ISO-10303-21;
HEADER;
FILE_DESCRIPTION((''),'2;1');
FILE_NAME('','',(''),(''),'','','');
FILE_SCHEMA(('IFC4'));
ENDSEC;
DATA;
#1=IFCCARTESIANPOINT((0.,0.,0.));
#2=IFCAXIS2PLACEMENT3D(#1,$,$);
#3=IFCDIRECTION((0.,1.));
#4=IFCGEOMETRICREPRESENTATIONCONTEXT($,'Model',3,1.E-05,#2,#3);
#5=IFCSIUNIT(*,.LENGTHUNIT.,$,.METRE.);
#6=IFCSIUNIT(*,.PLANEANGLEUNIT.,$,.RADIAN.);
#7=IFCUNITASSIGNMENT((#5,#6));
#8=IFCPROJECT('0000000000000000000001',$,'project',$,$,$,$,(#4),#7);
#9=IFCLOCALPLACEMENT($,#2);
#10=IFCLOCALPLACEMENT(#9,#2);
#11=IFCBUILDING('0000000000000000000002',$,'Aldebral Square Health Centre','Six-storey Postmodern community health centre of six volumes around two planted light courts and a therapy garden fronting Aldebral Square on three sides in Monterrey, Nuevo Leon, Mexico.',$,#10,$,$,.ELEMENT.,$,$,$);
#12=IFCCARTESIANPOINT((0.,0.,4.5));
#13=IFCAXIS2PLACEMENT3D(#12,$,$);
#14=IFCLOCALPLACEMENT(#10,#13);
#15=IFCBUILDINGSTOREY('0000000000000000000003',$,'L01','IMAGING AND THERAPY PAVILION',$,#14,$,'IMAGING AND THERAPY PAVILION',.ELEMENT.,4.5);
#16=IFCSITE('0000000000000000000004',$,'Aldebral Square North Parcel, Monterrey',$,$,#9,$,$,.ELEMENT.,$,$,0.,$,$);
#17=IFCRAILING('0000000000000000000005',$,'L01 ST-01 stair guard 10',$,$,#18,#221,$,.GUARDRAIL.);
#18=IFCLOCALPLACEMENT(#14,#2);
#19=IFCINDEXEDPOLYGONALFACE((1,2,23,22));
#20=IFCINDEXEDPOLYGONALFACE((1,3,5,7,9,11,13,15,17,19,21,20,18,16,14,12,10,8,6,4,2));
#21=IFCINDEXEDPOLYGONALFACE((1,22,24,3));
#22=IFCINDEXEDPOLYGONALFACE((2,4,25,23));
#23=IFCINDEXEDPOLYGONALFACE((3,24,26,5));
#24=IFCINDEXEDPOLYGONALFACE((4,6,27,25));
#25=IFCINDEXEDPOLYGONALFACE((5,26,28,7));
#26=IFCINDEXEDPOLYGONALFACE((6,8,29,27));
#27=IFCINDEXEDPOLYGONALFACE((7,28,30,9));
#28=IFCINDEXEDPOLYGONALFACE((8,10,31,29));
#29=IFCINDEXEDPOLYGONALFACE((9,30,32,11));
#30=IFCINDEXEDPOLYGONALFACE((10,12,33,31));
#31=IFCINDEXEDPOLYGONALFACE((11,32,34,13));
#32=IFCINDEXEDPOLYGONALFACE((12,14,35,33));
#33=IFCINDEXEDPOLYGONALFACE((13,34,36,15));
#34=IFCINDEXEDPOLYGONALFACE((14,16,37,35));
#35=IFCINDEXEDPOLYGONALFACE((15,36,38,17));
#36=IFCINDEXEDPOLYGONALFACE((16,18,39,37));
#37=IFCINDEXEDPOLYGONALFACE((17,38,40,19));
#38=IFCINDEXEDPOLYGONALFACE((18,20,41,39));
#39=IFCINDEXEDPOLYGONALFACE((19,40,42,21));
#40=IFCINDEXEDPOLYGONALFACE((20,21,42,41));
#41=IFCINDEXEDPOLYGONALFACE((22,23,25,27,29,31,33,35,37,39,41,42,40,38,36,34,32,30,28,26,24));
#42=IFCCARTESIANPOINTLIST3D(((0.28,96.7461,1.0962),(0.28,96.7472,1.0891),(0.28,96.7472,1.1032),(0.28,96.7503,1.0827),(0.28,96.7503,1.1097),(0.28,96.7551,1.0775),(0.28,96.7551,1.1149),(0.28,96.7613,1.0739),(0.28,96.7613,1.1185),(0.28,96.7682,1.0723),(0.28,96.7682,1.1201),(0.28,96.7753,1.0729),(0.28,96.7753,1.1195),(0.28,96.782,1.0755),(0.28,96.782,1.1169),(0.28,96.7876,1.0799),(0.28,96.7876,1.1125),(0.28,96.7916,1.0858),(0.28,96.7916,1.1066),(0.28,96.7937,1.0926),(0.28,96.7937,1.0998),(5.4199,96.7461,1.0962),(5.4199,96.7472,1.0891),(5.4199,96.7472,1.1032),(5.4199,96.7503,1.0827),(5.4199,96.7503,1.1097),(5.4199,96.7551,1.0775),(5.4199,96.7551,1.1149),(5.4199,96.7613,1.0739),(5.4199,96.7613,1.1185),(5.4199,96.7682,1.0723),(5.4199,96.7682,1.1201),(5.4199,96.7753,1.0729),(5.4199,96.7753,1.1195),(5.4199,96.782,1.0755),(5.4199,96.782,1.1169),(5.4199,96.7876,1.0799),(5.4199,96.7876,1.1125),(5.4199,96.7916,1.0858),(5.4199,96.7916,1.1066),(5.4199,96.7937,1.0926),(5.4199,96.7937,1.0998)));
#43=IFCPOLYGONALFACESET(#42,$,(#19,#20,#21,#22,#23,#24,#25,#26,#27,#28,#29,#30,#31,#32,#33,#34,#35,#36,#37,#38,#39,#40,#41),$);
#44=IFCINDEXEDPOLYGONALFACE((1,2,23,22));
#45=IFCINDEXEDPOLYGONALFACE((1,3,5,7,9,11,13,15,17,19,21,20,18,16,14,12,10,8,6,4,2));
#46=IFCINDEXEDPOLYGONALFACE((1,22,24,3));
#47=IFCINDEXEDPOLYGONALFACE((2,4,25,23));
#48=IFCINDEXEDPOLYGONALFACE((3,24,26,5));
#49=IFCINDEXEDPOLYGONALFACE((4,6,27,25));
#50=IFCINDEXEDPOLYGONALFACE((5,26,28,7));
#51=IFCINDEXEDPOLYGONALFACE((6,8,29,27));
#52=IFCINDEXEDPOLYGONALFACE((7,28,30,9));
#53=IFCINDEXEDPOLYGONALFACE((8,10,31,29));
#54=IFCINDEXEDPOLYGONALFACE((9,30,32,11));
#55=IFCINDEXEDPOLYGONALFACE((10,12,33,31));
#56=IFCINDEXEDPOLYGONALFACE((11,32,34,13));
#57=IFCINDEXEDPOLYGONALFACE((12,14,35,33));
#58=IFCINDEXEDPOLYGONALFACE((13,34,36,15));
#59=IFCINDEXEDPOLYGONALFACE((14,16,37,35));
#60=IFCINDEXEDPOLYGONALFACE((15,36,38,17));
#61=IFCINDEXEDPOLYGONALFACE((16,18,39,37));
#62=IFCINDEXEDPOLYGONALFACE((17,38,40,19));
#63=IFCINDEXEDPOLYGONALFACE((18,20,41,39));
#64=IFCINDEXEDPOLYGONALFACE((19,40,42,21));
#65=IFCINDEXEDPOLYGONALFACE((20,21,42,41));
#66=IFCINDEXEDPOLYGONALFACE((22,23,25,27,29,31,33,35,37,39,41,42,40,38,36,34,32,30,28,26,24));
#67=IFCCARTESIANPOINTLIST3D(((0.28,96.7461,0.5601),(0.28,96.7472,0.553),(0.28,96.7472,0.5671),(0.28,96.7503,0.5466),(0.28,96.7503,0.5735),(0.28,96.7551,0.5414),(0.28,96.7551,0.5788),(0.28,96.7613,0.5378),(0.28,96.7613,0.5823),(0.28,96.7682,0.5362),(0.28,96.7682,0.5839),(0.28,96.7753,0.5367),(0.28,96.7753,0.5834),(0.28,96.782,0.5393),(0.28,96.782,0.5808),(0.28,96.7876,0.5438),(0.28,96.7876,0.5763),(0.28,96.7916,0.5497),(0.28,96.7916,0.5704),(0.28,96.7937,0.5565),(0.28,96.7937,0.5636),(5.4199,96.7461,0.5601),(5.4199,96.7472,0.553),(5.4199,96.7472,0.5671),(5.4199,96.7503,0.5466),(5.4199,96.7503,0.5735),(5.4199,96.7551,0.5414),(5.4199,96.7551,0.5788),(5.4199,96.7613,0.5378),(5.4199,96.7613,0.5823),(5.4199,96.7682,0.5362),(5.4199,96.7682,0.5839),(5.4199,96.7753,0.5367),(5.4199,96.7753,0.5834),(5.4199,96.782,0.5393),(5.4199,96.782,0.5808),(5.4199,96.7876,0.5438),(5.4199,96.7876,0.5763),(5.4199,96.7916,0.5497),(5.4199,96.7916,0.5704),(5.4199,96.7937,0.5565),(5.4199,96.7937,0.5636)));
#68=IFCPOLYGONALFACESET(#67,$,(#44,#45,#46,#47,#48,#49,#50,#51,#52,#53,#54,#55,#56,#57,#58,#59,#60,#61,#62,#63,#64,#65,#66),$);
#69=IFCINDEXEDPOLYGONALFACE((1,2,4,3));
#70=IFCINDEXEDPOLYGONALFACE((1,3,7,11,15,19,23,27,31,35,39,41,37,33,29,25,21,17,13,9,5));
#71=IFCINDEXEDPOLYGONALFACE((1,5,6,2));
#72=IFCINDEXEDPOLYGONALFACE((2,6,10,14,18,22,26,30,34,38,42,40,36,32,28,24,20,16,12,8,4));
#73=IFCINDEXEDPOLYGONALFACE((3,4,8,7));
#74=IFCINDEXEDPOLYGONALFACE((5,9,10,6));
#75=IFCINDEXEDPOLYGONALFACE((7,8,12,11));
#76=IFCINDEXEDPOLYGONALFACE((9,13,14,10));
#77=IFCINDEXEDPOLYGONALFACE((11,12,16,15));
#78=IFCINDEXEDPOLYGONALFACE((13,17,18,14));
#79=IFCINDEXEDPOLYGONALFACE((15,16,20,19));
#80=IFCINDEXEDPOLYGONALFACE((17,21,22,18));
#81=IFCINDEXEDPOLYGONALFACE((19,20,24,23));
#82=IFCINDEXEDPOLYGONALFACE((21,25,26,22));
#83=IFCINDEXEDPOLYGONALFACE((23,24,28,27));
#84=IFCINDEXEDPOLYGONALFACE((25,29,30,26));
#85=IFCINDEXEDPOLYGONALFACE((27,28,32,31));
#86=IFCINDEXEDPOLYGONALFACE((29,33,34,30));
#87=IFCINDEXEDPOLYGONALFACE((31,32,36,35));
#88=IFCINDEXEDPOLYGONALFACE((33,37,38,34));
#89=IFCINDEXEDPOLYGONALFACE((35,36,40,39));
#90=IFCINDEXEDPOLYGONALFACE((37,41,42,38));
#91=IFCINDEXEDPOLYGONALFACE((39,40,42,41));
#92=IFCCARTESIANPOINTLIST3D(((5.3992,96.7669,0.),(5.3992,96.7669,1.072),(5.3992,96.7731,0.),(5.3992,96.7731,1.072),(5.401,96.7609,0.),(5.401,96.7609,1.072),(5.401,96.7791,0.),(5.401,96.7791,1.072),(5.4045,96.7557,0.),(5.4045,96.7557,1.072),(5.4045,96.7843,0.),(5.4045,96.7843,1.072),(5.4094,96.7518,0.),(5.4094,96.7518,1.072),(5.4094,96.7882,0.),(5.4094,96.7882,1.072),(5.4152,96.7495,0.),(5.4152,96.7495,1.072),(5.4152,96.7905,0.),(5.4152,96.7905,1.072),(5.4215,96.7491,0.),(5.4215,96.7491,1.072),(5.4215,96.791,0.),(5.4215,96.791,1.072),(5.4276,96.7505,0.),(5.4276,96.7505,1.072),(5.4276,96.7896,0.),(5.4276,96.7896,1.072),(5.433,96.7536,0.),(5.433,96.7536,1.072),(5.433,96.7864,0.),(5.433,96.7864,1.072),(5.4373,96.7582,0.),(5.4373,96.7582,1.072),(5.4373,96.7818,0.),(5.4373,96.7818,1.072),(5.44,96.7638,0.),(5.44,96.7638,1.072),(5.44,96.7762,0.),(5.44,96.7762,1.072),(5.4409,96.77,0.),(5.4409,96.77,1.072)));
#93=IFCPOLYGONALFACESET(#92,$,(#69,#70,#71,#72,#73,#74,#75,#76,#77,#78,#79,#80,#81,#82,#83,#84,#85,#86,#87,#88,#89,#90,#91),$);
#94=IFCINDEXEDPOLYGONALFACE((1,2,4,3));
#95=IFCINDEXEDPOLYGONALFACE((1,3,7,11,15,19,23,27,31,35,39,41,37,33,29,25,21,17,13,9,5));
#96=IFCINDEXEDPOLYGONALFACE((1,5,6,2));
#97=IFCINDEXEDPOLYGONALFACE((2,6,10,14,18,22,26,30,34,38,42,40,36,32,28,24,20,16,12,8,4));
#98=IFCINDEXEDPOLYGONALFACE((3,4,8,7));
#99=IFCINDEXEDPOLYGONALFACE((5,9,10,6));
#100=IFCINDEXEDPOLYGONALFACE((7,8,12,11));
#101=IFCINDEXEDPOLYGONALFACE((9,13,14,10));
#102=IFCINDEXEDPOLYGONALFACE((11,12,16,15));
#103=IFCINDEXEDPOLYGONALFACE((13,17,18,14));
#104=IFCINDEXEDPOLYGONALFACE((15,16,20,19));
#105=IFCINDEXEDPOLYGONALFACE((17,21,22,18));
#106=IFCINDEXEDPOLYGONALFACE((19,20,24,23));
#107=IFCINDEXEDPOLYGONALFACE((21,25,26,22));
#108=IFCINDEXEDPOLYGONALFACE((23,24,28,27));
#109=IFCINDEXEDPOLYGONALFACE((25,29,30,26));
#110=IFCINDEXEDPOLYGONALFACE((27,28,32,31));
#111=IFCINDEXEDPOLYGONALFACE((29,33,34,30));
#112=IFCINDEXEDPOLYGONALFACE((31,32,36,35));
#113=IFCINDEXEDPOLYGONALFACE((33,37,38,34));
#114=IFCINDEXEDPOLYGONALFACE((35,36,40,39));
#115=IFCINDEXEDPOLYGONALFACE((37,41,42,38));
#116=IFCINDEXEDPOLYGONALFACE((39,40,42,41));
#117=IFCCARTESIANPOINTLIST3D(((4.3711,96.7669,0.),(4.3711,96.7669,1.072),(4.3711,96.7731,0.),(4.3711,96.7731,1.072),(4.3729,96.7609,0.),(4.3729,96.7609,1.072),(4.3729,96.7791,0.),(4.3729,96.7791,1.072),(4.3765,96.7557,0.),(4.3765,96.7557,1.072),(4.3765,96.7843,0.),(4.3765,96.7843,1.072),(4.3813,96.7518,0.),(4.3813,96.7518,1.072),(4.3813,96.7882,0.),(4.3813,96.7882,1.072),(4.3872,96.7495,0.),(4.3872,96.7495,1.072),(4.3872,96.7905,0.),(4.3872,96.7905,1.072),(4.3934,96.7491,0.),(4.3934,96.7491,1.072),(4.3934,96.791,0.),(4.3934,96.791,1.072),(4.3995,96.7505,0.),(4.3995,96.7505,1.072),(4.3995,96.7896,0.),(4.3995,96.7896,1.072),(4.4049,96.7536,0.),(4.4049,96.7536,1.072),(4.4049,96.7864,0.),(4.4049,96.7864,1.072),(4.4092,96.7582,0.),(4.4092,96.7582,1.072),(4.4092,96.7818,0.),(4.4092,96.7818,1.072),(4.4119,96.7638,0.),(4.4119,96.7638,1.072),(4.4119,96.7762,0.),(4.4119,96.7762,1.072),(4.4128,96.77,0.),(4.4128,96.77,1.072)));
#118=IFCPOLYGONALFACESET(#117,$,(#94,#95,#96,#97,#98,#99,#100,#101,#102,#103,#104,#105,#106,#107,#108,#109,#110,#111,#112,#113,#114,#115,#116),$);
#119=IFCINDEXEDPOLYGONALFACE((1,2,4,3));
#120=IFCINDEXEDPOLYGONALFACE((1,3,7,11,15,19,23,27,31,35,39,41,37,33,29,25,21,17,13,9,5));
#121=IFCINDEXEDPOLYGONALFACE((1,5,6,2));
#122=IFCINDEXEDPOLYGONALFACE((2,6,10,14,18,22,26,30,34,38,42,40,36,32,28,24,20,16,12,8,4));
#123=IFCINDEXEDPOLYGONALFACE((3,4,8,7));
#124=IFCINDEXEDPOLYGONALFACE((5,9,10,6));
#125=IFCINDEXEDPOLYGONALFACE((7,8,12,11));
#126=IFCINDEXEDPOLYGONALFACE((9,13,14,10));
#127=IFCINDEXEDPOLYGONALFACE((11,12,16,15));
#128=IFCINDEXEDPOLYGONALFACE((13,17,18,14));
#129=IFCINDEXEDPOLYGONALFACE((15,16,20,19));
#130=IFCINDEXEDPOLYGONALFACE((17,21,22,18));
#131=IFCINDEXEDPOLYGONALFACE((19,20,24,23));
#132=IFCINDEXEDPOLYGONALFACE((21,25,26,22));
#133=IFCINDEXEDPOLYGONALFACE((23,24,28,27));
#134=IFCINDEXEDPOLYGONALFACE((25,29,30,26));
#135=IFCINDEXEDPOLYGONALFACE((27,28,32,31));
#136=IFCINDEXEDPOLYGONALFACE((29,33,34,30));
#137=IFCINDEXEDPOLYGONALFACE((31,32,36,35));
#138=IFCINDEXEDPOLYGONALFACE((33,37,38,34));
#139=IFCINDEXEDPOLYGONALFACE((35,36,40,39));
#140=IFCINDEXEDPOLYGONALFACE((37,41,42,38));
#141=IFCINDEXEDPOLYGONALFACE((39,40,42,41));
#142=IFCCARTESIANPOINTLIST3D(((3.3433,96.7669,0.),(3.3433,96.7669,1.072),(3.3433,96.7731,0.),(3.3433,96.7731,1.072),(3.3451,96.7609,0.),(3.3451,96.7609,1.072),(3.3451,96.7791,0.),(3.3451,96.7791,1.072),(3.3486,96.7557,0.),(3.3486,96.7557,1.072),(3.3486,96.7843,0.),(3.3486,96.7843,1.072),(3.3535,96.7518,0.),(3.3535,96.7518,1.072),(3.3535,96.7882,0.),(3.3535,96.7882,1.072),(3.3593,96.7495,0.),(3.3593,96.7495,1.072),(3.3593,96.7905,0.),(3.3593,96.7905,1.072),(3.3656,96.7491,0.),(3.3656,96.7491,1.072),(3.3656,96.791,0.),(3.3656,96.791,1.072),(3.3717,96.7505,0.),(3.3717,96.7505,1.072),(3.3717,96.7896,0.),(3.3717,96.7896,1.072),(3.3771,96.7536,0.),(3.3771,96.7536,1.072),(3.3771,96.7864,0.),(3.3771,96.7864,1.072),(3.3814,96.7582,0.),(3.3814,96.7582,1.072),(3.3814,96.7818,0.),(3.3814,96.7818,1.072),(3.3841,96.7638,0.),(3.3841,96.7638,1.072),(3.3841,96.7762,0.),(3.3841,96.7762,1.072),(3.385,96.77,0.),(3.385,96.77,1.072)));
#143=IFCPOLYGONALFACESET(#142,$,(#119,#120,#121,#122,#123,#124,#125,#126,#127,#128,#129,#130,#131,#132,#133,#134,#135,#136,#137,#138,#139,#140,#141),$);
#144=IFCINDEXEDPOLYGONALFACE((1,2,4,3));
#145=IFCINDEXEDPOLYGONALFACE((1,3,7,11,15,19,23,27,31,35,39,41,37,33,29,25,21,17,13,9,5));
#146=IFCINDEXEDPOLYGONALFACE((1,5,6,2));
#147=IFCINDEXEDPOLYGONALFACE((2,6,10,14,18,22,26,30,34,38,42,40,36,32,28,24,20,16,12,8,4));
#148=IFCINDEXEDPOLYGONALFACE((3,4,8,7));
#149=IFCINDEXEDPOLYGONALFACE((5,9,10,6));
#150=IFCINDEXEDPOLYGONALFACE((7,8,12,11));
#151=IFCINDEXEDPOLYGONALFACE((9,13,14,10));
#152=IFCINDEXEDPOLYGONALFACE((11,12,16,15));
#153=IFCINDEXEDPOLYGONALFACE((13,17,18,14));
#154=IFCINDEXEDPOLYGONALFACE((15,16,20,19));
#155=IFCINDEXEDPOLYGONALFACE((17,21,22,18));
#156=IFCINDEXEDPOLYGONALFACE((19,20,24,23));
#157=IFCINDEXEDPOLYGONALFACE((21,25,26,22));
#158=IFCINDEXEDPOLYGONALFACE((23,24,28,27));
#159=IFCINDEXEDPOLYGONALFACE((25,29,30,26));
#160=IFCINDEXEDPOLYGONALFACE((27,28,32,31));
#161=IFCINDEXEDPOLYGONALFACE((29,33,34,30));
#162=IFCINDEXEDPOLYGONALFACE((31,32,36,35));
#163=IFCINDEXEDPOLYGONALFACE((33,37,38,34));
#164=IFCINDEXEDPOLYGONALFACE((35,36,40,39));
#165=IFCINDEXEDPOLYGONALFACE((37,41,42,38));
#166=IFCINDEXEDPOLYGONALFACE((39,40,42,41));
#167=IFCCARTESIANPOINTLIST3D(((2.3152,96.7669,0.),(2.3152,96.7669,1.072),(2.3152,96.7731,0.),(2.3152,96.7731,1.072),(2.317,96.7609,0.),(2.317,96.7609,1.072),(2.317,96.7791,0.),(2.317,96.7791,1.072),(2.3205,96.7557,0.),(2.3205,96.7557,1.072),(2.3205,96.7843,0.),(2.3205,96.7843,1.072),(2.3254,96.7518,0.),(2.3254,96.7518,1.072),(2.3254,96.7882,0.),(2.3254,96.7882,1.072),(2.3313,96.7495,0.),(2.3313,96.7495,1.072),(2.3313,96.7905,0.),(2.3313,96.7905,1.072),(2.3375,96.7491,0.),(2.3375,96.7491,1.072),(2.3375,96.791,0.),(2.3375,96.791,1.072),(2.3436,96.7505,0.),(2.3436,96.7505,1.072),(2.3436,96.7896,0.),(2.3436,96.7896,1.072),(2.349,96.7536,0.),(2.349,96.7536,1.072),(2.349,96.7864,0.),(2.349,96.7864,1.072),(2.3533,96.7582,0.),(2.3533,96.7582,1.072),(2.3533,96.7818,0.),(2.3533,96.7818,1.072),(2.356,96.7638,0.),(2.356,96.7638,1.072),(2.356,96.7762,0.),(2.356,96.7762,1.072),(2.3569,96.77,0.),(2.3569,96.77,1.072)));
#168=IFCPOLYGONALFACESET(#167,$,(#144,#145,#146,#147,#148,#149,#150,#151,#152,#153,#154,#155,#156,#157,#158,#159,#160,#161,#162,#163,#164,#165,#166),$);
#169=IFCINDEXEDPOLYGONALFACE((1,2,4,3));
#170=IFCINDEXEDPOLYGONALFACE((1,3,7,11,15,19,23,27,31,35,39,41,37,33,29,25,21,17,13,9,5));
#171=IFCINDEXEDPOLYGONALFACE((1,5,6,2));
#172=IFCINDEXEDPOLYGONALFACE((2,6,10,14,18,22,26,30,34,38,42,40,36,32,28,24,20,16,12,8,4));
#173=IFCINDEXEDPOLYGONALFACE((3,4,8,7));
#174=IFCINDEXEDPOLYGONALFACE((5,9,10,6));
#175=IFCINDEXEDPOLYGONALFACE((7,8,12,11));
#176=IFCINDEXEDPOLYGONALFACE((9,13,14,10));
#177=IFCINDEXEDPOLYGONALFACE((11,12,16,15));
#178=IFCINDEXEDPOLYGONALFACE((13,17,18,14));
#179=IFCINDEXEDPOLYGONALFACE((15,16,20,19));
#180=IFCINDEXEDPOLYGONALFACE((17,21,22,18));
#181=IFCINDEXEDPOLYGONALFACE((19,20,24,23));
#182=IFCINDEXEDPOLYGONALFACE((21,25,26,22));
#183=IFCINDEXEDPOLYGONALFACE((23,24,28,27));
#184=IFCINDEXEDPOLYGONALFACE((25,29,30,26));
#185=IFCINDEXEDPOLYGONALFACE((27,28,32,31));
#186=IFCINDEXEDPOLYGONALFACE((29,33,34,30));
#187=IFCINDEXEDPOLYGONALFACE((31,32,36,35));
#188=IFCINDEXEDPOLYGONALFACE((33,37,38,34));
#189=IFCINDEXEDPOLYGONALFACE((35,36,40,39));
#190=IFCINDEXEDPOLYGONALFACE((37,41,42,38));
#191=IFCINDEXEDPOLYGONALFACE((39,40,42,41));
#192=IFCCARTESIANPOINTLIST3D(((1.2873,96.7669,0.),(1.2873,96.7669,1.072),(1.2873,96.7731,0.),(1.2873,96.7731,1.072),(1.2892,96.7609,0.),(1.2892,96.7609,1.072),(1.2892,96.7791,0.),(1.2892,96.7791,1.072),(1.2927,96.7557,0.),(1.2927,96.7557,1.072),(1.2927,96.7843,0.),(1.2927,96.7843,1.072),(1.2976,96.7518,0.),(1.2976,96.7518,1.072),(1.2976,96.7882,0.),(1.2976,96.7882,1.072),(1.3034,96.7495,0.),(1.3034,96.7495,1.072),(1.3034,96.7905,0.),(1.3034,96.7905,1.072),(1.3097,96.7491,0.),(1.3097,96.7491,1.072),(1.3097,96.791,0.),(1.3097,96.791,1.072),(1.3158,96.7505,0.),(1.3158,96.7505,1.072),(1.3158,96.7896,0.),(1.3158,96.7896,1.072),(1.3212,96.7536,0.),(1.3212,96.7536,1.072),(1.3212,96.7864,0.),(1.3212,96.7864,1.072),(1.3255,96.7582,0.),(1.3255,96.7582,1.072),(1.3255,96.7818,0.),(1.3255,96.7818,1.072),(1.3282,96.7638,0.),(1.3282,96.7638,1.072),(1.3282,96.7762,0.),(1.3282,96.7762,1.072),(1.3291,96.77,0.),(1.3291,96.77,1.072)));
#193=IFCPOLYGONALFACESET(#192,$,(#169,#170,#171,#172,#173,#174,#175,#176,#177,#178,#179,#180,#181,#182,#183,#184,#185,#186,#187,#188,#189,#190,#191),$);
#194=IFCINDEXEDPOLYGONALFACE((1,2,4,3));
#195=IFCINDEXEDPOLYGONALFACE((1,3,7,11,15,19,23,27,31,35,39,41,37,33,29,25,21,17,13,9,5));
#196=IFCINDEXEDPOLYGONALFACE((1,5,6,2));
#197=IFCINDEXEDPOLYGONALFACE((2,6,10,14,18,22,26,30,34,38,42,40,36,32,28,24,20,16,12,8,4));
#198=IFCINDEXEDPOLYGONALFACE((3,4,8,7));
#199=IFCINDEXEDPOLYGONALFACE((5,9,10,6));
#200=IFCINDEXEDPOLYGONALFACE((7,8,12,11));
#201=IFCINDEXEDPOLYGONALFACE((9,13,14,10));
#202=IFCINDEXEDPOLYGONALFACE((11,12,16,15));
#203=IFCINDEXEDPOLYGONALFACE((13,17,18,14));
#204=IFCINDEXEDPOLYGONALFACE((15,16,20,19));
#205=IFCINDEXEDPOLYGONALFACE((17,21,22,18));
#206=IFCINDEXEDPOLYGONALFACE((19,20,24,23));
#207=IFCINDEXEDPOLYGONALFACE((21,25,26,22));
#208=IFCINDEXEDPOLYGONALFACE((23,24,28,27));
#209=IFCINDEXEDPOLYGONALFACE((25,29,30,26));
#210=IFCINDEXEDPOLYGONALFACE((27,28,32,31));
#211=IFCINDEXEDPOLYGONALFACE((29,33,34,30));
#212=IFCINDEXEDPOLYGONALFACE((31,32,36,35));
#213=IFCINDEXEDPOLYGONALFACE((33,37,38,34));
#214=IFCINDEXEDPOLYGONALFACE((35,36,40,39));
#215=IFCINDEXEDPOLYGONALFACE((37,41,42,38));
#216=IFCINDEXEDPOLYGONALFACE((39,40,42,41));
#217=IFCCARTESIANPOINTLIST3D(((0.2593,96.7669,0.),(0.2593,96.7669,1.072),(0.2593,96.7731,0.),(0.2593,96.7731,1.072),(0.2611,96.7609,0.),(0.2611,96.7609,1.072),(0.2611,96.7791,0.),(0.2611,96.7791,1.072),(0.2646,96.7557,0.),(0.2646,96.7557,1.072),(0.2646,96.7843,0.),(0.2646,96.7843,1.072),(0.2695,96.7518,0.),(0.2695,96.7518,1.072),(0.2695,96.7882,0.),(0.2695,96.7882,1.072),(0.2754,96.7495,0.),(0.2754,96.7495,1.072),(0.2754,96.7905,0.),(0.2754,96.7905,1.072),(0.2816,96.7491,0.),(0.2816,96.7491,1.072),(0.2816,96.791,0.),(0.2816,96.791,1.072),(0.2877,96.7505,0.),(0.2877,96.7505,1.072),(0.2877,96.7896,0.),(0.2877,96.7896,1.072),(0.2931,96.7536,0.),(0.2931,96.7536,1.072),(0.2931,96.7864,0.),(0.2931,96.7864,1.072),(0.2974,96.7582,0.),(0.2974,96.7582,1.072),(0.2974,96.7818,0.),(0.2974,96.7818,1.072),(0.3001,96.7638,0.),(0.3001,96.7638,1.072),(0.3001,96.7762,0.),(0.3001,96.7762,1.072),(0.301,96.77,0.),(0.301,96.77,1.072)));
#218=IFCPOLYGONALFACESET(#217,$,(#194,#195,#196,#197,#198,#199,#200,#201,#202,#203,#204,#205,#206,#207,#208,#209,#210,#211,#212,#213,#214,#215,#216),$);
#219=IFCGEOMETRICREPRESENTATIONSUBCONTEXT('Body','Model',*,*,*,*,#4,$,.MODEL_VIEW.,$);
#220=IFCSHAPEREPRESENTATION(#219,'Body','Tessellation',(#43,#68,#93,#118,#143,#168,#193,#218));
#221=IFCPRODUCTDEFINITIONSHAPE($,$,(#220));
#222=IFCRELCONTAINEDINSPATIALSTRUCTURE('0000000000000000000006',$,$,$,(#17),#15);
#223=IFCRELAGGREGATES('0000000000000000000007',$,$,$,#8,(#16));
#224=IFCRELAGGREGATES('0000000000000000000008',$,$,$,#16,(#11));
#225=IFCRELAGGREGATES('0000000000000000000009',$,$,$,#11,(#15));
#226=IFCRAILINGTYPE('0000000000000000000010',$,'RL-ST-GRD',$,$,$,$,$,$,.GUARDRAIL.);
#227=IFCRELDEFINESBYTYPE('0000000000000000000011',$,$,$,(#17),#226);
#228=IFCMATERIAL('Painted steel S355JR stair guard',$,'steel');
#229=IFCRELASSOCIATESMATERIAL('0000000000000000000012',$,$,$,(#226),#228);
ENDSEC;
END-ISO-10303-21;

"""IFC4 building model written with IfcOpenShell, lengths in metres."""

from ifc_helpers import new_model, si_unit, direction, frame, origin, origin_2d, place, context, subcontext, project, spatial, circle, extrude, material, type_object, element, save


model = new_model("IFC4")

# Units and contexts
model_context = context("Model", 3, precision=1e-05, world=origin(), true_north=direction((0.0, 1.0)))
body_context = subcontext(model_context, "Body", "Model", "MODEL_VIEW")
ifc_project = project(units=[si_unit("LENGTHUNIT", "METRE"), si_unit("PLANEANGLEUNIT", "RADIAN")], contexts=[model_context])

# Site, building, storey
site_placement = place(None, origin())
site = spatial("IfcSite", under=ifc_project, at=site_placement, Name="Aldebral Square North Parcel, Monterrey", CompositionType="ELEMENT", RefElevation=0.0)
building_placement = place(site_placement, origin())
building = spatial("IfcBuilding", under=site, at=building_placement, Name="Aldebral Square Health Centre", Description="Six-storey Postmodern community health centre of six volumes around two planted light courts and a therapy garden fronting Aldebral Square on three sides in Monterrey, Nuevo Leon, Mexico.", CompositionType="ELEMENT")
storey_placement = place(building_placement, frame((0.0, 0.0, 4.5)))
storey = spatial("IfcBuildingStorey", under=building, at=storey_placement, Name="L01", Description="IMAGING AND THERAPY PAVILION", LongName="IMAGING AND THERAPY PAVILION", CompositionType="ELEMENT", Elevation=4.5)

# Railing
ifc_material_1 = material(Name="Painted steel S355JR stair guard", Category="steel")
railing_type_1 = type_object("IfcRailingType", Name="RL-ST-GRD", PredefinedType="GUARDRAIL", material=ifc_material_1)
railing_1_placement = place(storey_placement, frame((5.4199, 96.77, 0.0)))
element("IfcRailing", 1, at=railing_1_placement, inside=storey, type_object=railing_type_1, Name="L01 ST-01 stair guard 10", PredefinedType="GUARDRAIL", context=body_context, shape_type="SweptSolid", body=[
    extrude(circle(Radius=0.0239, at=origin_2d()), frame((0.0, 0.0, 1.0962), z_axis=(-1.0, 0.0, 0.0), x_axis=(0.0, -1.0, 0.0)), (0.0, 0.0, 1.0), 5.1399),
    extrude(circle(Radius=0.0239, at=origin_2d()), frame((0.0, 0.0, 0.5601), z_axis=(-1.0, 0.0, 0.0), x_axis=(0.0, -1.0, 0.0)), (0.0, 0.0, 1.0), 5.1399),
    extrude(circle(Radius=0.021, at=origin_2d()), origin(), (0.0, 0.0, 1.0), 1.072),
    extrude(circle(Radius=0.021, at=origin_2d()), frame((-1.0281, 0.0, 0.0)), (0.0, 0.0, 1.0), 1.072),
    extrude(circle(Radius=0.021, at=origin_2d()), frame((-2.0559, 0.0, 0.0)), (0.0, 0.0, 1.0), 1.072),
    extrude(circle(Radius=0.021, at=origin_2d()), frame((-3.084, 0.0, 0.0)), (0.0, 0.0, 1.0), 1.072),
    extrude(circle(Radius=0.021, at=origin_2d()), frame((-4.1118, 0.0, 0.0)), (0.0, 0.0, 1.0), 1.072),
    extrude(circle(Radius=0.021, at=origin_2d()), frame((-5.1399, 0.0, 0.0)), (0.0, 0.0, 1.0), 1.072),
])

save(model, "model.ifc")
